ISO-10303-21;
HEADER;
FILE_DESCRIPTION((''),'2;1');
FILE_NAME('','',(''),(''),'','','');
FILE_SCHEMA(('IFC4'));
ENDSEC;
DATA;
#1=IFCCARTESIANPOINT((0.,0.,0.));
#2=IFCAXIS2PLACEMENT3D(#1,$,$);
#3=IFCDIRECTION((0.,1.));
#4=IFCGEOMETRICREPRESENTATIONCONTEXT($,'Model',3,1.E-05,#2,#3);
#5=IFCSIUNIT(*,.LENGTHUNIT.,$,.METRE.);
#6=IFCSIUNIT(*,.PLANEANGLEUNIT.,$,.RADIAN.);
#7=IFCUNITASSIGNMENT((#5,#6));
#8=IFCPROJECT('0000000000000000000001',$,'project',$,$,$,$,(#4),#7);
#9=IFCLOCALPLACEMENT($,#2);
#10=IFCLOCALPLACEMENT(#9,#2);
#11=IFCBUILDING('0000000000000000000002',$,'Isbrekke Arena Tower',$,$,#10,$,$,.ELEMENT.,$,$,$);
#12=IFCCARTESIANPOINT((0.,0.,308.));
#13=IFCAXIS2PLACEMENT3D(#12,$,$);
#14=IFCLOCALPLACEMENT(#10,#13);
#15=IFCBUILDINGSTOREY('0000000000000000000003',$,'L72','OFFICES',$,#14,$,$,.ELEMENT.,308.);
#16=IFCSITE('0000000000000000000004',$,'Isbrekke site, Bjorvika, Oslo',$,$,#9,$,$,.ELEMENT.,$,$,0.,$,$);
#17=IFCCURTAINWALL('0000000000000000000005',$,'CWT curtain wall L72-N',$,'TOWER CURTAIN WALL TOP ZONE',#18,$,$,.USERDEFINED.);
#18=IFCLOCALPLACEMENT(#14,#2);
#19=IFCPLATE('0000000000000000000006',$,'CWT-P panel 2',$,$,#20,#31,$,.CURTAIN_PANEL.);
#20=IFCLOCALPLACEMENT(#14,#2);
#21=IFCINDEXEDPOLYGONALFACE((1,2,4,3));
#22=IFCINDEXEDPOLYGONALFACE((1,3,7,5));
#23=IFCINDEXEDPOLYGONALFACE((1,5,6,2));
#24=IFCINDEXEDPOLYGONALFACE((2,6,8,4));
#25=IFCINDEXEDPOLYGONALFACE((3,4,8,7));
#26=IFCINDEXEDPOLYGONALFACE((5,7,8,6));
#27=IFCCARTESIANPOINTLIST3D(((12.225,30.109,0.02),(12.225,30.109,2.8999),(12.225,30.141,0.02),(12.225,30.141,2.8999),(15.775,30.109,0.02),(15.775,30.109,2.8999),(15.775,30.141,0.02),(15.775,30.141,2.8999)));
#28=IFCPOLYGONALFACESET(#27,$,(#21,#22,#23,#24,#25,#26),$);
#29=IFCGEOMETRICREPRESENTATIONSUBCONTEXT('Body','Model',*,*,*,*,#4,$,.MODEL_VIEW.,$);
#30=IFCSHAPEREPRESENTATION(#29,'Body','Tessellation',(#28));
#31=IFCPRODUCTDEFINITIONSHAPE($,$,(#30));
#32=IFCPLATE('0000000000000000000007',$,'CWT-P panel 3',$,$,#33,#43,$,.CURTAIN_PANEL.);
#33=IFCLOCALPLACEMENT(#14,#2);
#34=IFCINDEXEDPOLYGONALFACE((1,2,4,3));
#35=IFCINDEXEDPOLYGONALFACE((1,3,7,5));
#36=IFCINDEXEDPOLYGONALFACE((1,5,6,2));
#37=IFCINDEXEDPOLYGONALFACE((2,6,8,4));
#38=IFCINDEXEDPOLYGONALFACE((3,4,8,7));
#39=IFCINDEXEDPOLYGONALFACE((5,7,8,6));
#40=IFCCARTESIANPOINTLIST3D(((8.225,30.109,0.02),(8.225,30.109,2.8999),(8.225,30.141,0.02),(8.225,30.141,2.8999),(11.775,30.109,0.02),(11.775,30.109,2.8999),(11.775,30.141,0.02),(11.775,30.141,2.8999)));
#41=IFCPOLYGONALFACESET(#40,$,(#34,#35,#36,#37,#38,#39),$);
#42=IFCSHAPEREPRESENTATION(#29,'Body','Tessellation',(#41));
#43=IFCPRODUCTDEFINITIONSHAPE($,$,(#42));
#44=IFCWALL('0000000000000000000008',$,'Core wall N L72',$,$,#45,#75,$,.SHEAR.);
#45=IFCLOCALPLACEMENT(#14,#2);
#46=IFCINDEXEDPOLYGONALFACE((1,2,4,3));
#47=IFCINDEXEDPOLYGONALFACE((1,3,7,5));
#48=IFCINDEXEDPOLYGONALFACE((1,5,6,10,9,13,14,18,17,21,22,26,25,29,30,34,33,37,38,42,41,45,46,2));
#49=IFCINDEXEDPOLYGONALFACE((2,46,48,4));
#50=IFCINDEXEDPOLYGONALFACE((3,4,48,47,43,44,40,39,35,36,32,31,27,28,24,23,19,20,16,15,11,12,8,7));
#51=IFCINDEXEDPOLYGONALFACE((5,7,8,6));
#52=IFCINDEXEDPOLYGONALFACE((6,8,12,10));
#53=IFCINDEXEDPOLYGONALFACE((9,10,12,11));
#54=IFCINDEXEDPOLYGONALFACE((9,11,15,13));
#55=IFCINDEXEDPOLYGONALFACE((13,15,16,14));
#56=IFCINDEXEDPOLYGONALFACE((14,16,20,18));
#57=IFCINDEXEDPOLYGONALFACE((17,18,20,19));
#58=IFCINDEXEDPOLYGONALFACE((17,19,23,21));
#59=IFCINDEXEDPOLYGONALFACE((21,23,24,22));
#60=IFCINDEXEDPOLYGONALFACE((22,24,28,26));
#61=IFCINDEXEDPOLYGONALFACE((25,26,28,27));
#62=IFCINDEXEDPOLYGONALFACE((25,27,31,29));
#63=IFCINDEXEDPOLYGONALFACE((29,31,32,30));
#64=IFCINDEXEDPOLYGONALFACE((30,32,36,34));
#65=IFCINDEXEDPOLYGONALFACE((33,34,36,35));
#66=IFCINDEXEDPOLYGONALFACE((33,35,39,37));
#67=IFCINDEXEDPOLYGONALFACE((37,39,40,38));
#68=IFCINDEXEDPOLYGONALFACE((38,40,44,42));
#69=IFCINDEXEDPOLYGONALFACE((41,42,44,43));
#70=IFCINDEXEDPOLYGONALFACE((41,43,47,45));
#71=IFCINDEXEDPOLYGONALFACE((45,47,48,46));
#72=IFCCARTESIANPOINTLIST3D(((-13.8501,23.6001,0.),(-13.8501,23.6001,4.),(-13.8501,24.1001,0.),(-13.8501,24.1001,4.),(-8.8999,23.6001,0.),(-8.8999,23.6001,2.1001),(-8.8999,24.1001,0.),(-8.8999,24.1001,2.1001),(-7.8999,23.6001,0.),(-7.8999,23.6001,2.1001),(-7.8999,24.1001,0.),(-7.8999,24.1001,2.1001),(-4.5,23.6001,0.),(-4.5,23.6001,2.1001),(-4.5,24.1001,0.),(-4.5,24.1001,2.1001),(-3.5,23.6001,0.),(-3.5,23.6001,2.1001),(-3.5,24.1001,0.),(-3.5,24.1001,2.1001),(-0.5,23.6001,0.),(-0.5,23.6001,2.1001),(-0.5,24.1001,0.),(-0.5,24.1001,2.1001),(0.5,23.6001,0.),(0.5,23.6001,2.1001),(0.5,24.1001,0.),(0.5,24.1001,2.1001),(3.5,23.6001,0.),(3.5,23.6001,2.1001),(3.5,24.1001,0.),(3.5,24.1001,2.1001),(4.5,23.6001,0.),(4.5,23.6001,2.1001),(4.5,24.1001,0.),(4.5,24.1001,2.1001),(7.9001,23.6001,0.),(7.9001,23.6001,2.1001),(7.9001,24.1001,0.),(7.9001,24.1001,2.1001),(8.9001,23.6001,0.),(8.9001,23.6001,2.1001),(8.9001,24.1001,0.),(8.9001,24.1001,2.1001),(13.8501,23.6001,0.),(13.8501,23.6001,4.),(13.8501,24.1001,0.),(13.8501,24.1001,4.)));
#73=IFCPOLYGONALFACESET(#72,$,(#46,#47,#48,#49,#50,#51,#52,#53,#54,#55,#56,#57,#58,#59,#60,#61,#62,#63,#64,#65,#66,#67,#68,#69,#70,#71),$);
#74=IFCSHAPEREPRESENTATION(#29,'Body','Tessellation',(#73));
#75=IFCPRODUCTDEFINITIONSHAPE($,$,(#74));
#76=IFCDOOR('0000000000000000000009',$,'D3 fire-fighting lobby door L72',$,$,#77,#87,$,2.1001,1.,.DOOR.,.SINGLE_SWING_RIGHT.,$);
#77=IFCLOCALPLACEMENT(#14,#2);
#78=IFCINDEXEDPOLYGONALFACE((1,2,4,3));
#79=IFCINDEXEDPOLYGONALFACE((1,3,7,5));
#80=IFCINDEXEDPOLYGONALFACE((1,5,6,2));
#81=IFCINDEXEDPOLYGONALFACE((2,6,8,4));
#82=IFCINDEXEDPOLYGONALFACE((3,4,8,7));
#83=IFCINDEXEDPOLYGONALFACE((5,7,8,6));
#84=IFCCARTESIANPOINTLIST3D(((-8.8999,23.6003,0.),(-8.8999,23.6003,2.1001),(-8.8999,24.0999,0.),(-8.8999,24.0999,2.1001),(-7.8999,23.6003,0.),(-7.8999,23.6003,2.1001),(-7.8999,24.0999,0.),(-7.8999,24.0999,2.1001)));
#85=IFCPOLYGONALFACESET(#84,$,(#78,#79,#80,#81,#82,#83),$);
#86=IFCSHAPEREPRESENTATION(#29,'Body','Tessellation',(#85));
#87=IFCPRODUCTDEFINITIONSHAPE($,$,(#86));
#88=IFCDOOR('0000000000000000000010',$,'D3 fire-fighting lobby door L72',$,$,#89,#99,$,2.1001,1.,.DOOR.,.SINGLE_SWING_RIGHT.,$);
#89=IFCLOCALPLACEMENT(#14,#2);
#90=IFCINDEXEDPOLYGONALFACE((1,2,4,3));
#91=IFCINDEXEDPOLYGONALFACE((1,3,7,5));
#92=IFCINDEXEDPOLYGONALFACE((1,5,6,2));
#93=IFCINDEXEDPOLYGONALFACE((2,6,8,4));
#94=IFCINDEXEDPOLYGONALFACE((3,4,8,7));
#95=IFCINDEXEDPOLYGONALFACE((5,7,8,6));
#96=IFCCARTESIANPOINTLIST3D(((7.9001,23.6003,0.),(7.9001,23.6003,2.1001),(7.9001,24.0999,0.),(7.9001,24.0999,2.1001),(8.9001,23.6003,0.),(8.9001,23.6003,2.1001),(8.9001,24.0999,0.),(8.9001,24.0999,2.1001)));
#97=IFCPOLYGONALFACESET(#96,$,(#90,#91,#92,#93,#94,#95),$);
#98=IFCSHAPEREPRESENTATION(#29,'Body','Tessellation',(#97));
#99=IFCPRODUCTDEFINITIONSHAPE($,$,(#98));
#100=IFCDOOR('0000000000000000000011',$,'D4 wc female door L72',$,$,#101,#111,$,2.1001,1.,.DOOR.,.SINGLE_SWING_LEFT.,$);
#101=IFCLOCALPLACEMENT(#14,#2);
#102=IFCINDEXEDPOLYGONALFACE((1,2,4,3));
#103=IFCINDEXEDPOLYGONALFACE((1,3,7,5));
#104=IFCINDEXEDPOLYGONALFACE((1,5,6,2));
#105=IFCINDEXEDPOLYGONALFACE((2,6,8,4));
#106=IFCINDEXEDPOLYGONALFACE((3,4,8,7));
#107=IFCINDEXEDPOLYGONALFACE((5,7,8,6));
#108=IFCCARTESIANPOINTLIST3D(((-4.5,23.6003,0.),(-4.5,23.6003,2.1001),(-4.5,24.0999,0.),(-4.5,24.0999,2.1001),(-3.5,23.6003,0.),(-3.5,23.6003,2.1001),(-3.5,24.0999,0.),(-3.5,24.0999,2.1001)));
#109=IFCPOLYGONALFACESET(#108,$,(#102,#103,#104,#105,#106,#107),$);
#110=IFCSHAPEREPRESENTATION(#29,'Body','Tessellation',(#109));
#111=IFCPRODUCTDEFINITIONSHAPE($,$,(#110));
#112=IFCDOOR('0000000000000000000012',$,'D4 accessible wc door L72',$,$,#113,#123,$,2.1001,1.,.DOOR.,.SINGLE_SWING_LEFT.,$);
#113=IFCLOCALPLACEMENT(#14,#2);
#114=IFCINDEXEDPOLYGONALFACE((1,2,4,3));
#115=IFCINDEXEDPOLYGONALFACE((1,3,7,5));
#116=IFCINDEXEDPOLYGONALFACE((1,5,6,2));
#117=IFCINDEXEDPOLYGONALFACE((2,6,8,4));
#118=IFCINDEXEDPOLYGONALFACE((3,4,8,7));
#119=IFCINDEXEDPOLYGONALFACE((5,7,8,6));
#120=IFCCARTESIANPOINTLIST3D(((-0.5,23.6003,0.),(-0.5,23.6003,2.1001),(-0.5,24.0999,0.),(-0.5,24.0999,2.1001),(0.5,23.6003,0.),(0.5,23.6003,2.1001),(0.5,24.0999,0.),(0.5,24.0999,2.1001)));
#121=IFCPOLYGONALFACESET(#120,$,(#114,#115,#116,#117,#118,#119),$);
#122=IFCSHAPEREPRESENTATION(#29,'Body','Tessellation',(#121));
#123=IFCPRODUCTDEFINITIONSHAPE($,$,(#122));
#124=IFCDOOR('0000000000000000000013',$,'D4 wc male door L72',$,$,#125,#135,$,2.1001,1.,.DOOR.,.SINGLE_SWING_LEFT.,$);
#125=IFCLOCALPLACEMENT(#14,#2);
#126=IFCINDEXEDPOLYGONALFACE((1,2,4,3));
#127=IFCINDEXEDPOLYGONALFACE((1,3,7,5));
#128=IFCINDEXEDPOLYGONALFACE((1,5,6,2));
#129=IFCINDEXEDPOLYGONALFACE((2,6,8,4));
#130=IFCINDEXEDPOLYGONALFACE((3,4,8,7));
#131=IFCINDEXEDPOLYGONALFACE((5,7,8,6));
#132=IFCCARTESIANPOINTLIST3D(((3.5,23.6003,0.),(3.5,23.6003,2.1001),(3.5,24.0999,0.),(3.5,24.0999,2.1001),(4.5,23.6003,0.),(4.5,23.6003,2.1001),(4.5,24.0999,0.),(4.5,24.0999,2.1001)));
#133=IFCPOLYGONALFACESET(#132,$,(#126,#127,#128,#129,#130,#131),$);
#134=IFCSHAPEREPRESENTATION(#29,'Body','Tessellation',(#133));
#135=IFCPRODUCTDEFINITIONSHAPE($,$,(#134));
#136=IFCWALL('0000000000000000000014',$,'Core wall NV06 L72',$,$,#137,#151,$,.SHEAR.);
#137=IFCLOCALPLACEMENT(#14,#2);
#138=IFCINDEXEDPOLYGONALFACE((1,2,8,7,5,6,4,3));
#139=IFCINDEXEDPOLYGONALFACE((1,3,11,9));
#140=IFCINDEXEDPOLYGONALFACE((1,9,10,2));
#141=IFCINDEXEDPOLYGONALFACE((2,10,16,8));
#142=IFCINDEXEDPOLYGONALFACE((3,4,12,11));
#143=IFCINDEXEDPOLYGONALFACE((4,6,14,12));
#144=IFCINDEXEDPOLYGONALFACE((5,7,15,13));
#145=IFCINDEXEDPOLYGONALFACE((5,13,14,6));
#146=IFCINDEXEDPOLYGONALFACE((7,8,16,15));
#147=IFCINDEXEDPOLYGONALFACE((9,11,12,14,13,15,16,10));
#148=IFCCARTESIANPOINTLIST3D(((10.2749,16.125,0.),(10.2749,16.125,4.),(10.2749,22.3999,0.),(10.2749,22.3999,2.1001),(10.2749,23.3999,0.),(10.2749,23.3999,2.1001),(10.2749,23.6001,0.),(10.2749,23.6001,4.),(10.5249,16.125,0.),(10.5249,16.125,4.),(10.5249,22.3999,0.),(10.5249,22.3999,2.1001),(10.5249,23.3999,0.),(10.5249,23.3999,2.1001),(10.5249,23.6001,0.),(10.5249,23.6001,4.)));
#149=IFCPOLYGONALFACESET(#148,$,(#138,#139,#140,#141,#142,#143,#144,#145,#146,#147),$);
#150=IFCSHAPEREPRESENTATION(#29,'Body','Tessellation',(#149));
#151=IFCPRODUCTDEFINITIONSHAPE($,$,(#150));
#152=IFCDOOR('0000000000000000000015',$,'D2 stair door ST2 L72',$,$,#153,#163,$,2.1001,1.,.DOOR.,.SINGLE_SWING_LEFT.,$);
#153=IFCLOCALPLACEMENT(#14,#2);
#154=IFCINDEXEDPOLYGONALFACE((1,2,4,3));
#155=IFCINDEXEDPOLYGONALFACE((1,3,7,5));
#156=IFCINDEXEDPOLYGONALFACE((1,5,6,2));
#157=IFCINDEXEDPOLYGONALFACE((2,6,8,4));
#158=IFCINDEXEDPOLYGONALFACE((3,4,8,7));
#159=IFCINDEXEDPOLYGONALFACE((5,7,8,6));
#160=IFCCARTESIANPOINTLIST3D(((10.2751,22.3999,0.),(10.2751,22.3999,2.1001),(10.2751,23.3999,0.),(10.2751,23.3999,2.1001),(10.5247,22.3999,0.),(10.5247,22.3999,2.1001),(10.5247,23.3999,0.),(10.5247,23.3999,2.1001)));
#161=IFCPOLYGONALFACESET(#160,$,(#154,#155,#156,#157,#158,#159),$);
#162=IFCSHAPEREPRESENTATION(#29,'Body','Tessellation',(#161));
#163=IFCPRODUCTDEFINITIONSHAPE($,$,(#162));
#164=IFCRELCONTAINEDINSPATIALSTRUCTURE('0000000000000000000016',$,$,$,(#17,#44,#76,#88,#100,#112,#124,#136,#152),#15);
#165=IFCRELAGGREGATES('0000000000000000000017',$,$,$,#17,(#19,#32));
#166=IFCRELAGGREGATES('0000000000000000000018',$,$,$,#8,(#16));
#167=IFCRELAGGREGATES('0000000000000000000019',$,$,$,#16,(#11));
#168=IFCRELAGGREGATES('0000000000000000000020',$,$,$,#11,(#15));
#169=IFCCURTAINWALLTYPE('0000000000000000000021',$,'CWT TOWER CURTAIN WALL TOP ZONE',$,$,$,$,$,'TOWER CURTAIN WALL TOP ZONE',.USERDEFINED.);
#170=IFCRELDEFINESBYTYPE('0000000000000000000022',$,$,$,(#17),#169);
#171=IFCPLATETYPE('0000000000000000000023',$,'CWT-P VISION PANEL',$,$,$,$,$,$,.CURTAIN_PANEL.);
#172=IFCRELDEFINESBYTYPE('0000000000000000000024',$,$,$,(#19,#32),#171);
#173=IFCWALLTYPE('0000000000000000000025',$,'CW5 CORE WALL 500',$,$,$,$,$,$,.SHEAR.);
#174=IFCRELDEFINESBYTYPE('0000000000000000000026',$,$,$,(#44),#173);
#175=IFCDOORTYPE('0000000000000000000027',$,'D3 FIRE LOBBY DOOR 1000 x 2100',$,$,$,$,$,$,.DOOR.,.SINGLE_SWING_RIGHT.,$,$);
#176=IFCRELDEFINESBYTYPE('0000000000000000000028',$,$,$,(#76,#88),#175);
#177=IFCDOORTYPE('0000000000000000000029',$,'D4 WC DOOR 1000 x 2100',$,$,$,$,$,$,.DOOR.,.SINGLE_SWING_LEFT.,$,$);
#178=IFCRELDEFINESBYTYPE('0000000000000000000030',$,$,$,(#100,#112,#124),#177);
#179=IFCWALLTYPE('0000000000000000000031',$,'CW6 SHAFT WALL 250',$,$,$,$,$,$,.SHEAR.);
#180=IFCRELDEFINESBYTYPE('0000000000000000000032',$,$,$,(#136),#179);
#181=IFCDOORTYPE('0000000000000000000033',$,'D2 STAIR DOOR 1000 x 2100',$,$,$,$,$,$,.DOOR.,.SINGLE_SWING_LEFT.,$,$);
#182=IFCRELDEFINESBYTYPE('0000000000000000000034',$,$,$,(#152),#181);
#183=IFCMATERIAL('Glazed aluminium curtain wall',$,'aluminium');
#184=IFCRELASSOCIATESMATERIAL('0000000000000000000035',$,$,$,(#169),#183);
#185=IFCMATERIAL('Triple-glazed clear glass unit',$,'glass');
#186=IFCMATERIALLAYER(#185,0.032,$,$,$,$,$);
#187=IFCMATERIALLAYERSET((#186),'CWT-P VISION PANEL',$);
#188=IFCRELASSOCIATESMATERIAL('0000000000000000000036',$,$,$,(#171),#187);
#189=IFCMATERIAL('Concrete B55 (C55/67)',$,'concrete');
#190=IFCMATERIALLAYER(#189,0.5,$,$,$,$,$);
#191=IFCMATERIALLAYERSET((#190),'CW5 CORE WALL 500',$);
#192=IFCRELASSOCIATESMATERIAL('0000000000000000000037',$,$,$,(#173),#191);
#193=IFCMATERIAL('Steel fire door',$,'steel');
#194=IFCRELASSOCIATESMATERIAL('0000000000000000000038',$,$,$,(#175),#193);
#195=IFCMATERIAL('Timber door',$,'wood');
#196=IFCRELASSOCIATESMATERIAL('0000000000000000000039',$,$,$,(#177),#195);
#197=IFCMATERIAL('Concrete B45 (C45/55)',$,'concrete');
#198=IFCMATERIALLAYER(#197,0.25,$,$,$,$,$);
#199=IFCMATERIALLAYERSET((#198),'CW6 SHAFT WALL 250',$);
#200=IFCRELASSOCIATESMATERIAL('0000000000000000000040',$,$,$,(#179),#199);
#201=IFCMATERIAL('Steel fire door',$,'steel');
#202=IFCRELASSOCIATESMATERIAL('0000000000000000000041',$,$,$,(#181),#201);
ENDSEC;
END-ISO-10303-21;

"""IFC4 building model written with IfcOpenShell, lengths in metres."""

from ifc_helpers import new_model, si_unit, direction, frame, frame_2d, origin, origin_2d, place, context, subcontext, project, spatial, rectangle, extrude, material, layer, layer_set, type_object, element, fill, aggregate, save


model = new_model("IFC4")

# Units and contexts
model_context = context("Model", 3, precision=1e-05, world=origin(), true_north=direction((0.0, 1.0)))
body_context = subcontext(model_context, "Body", "Model", "MODEL_VIEW")
ifc_project = project(units=[si_unit("LENGTHUNIT", "METRE"), si_unit("PLANEANGLEUNIT", "RADIAN")], contexts=[model_context])

# Site, building, storey
site_placement = place(None, origin())
site = spatial("IfcSite", under=ifc_project, at=site_placement, Name="Isbrekke site, Bjorvika, Oslo", CompositionType="ELEMENT", RefElevation=0.0)
building_placement = place(site_placement, origin())
building = spatial("IfcBuilding", under=site, at=building_placement, Name="Isbrekke Arena Tower", CompositionType="ELEMENT")
storey_placement = place(building_placement, frame((0.0, 0.0, 308.0)))
storey = spatial("IfcBuildingStorey", under=building, at=storey_placement, Name="L72", Description="OFFICES", CompositionType="ELEMENT", Elevation=308.0)

# Curtain wall
ifc_material_1 = material(Name="Glazed aluminium curtain wall", Category="aluminium")
curtain_wall_type = type_object("IfcCurtainWallType", Name="CWT TOWER CURTAIN WALL TOP ZONE", ElementType="TOWER CURTAIN WALL TOP ZONE", PredefinedType="USERDEFINED", material=ifc_material_1)
curtain_wall_placement = place(storey_placement, origin())
curtain_wall = element("IfcCurtainWall", 1, at=curtain_wall_placement, inside=storey, type_object=curtain_wall_type, Name="CWT curtain wall L72-N", ObjectType="TOWER CURTAIN WALL TOP ZONE", PredefinedType="USERDEFINED")

# Plates
ifc_material_2 = material(Name="Triple-glazed clear glass unit", Category="glass")
ifc_layer_1 = layer(ifc_material_2, 0.032)
ifc_layer_set_1 = layer_set([ifc_layer_1], Name="CWT-P VISION PANEL")
plate_type = type_object("IfcPlateType", Name="CWT-P VISION PANEL", PredefinedType="CURTAIN_PANEL", material=ifc_layer_set_1)
plate_1_placement = place(storey_placement, frame((14.0, 30.125, 0.02), z_axis=(0.0, 0.0, 1.0), x_axis=(-1.0, 0.0, 0.0)))
plate_1 = element("IfcPlate", 2, at=plate_1_placement, type_object=plate_type, Name="CWT-P panel 2", PredefinedType="CURTAIN_PANEL", context=body_context, shape_type="SweptSolid", body=[
    extrude(rectangle(XDim=3.55, YDim=0.032, at=origin_2d()), origin(), (0.0, 0.0, 1.0), 2.8799),
])
plate_2_placement = place(storey_placement, frame((10.0, 30.125, 0.02), z_axis=(0.0, 0.0, 1.0), x_axis=(-1.0, 0.0, 0.0)))
plate_2 = element("IfcPlate", 3, at=plate_2_placement, type_object=plate_type, Name="CWT-P panel 3", PredefinedType="CURTAIN_PANEL", context=body_context, shape_type="SweptSolid", body=[
    extrude(rectangle(XDim=3.55, YDim=0.032, at=origin_2d()), origin(), (0.0, 0.0, 1.0), 2.8799),
])
aggregate(curtain_wall, [plate_1, plate_2])

# Wall, openings, doors
ifc_material_3 = material(Name="Concrete B55 (C55/67)", Category="concrete")
ifc_layer_2 = layer(ifc_material_3, 0.5)
ifc_layer_set_2 = layer_set([ifc_layer_2], Name="CW5 CORE WALL 500")
wall_type_1 = type_object("IfcWallType", Name="CW5 CORE WALL 500", PredefinedType="SHEAR", material=ifc_layer_set_2)
wall_1_placement = place(storey_placement, frame((13.8501, 23.8501, 0.0), z_axis=(0.0, 0.0, 1.0), x_axis=(-1.0, 0.0, 0.0)))
wall_1 = element("IfcWall", 4, at=wall_1_placement, inside=storey, type_object=wall_type_1, Name="Core wall N L72", PredefinedType="SHEAR", context=body_context, shape_type="SweptSolid", body=[
    extrude(rectangle(XDim=27.7002, YDim=0.5, at=frame_2d((13.8501, 0.0))), origin(), (0.0, 0.0, 1.0), 4.0),
])
opening_1_placement = place(wall_1_placement, frame((21.75, 0.0, 0.0)))
opening_1 = element("IfcOpeningElement", 5, at=opening_1_placement, cuts=wall_1, PredefinedType="OPENING", context=body_context, shape_type="SweptSolid", body=[
    extrude(rectangle(XDim=1.0, YDim=2.1001, at=frame_2d((0.5, 1.05))), frame((0.0, 0.2649, 0.0), z_axis=(0.0, -1.0, 0.0), x_axis=(1.0, 0.0, 0.0)), (0.0, 0.0, 1.0), 0.5298),
])
opening_2_placement = place(wall_1_placement, frame((4.95, 0.0, 0.0)))
opening_2 = element("IfcOpeningElement", 6, at=opening_2_placement, cuts=wall_1, PredefinedType="OPENING", context=body_context, shape_type="SweptSolid", body=[
    extrude(rectangle(XDim=1.0, YDim=2.1001, at=frame_2d((0.5, 1.05))), frame((0.0, 0.2649, 0.0), z_axis=(0.0, -1.0, 0.0), x_axis=(1.0, 0.0, 0.0)), (0.0, 0.0, 1.0), 0.5298),
])
opening_3_placement = place(wall_1_placement, frame((17.3501, 0.0, 0.0)))
opening_3 = element("IfcOpeningElement", 7, at=opening_3_placement, cuts=wall_1, PredefinedType="OPENING", context=body_context, shape_type="SweptSolid", body=[
    extrude(rectangle(XDim=1.0, YDim=2.1001, at=frame_2d((0.5, 1.05))), frame((0.0, 0.2649, 0.0), z_axis=(0.0, -1.0, 0.0), x_axis=(1.0, 0.0, 0.0)), (0.0, 0.0, 1.0), 0.5298),
])
opening_4_placement = place(wall_1_placement, frame((13.3501, 0.0, 0.0)))
opening_4 = element("IfcOpeningElement", 8, at=opening_4_placement, cuts=wall_1, PredefinedType="OPENING", context=body_context, shape_type="SweptSolid", body=[
    extrude(rectangle(XDim=1.0, YDim=2.1001, at=frame_2d((0.5, 1.05))), frame((0.0, 0.2649, 0.0), z_axis=(0.0, -1.0, 0.0), x_axis=(1.0, 0.0, 0.0)), (0.0, 0.0, 1.0), 0.5298),
])
opening_5_placement = place(wall_1_placement, frame((9.3501, 0.0, 0.0)))
opening_5 = element("IfcOpeningElement", 9, at=opening_5_placement, cuts=wall_1, PredefinedType="OPENING", context=body_context, shape_type="SweptSolid", body=[
    extrude(rectangle(XDim=1.0, YDim=2.1001, at=frame_2d((0.5, 1.05))), frame((0.0, 0.2649, 0.0), z_axis=(0.0, -1.0, 0.0), x_axis=(1.0, 0.0, 0.0)), (0.0, 0.0, 1.0), 0.5298),
])
ifc_material_4 = material(Name="Steel fire door", Category="steel")
door_type_1 = type_object("IfcDoorType", Name="D3 FIRE LOBBY DOOR 1000 x 2100", OperationType="SINGLE_SWING_RIGHT", PredefinedType="DOOR", material=ifc_material_4)
door_1_placement = place(opening_1_placement, origin())
door_1 = element("IfcDoor", 10, at=door_1_placement, inside=storey, type_object=door_type_1, Name="D3 fire-fighting lobby door L72", OperationType="SINGLE_SWING_RIGHT", OverallHeight=2.1001, OverallWidth=1.0, PredefinedType="DOOR", context=body_context, shape_type="SweptSolid", body=[
    extrude(rectangle(XDim=1.0, YDim=2.1001, at=frame_2d((0.5, 1.05))), frame((0.0, 0.2498, 0.0), z_axis=(0.0, -1.0, 0.0), x_axis=(1.0, 0.0, 0.0)), (0.0, 0.0, 1.0), 0.4995),
])
fill(opening_1, door_1)
door_2_placement = place(opening_2_placement, origin())
door_2 = element("IfcDoor", 11, at=door_2_placement, inside=storey, type_object=door_type_1, Name="D3 fire-fighting lobby door L72", OperationType="SINGLE_SWING_RIGHT", OverallHeight=2.1001, OverallWidth=1.0, PredefinedType="DOOR", context=body_context, shape_type="SweptSolid", body=[
    extrude(rectangle(XDim=1.0, YDim=2.1001, at=frame_2d((0.5, 1.05))), frame((0.0, 0.2498, 0.0), z_axis=(0.0, -1.0, 0.0), x_axis=(1.0, 0.0, 0.0)), (0.0, 0.0, 1.0), 0.4995),
])
fill(opening_2, door_2)
ifc_material_5 = material(Name="Timber door", Category="wood")
door_type_2 = type_object("IfcDoorType", Name="D4 WC DOOR 1000 x 2100", OperationType="SINGLE_SWING_LEFT", PredefinedType="DOOR", material=ifc_material_5)
door_3_placement = place(opening_3_placement, origin())
door_3 = element("IfcDoor", 12, at=door_3_placement, inside=storey, type_object=door_type_2, Name="D4 wc female door L72", OperationType="SINGLE_SWING_LEFT", OverallHeight=2.1001, OverallWidth=1.0, PredefinedType="DOOR", context=body_context, shape_type="SweptSolid", body=[
    extrude(rectangle(XDim=1.0, YDim=2.1001, at=frame_2d((0.5, 1.05))), frame((0.0, 0.2498, 0.0), z_axis=(0.0, -1.0, 0.0), x_axis=(1.0, 0.0, 0.0)), (0.0, 0.0, 1.0), 0.4995),
])
fill(opening_3, door_3)
door_4_placement = place(opening_4_placement, origin())
door_4 = element("IfcDoor", 13, at=door_4_placement, inside=storey, type_object=door_type_2, Name="D4 accessible wc door L72", OperationType="SINGLE_SWING_LEFT", OverallHeight=2.1001, OverallWidth=1.0, PredefinedType="DOOR", context=body_context, shape_type="SweptSolid", body=[
    extrude(rectangle(XDim=1.0, YDim=2.1001, at=frame_2d((0.5, 1.05))), frame((0.0, 0.2498, 0.0), z_axis=(0.0, -1.0, 0.0), x_axis=(1.0, 0.0, 0.0)), (0.0, 0.0, 1.0), 0.4995),
])
fill(opening_4, door_4)
door_5_placement = place(opening_5_placement, origin())
door_5 = element("IfcDoor", 14, at=door_5_placement, inside=storey, type_object=door_type_2, Name="D4 wc male door L72", OperationType="SINGLE_SWING_LEFT", OverallHeight=2.1001, OverallWidth=1.0, PredefinedType="DOOR", context=body_context, shape_type="SweptSolid", body=[
    extrude(rectangle(XDim=1.0, YDim=2.1001, at=frame_2d((0.5, 1.05))), frame((0.0, 0.2498, 0.0), z_axis=(0.0, -1.0, 0.0), x_axis=(1.0, 0.0, 0.0)), (0.0, 0.0, 1.0), 0.4995),
])
fill(opening_5, door_5)

# Wall, opening, door
ifc_material_6 = material(Name="Concrete B45 (C45/55)", Category="concrete")
ifc_layer_3 = layer(ifc_material_6, 0.25)
ifc_layer_set_3 = layer_set([ifc_layer_3], Name="CW6 SHAFT WALL 250")
wall_type_2 = type_object("IfcWallType", Name="CW6 SHAFT WALL 250", PredefinedType="SHEAR", material=ifc_layer_set_3)
wall_2_placement = place(storey_placement, frame((10.3999, 16.125, 0.0), z_axis=(0.0, 0.0, 1.0), x_axis=(0.0, 1.0, 0.0)))
wall_2 = element("IfcWall", 15, at=wall_2_placement, inside=storey, type_object=wall_type_2, Name="Core wall NV06 L72", PredefinedType="SHEAR", context=body_context, shape_type="SweptSolid", body=[
    extrude(rectangle(XDim=7.4751, YDim=0.25, at=frame_2d((3.7375, 0.0))), origin(), (0.0, 0.0, 1.0), 4.0),
])
opening_6_placement = place(wall_2_placement, frame((6.2749, 0.0, 0.0)))
opening_6 = element("IfcOpeningElement", 16, at=opening_6_placement, cuts=wall_2, PredefinedType="OPENING", context=body_context, shape_type="SweptSolid", body=[
    extrude(rectangle(XDim=1.0, YDim=2.1001, at=frame_2d((0.5, 1.05))), frame((0.0, 0.1399, 0.0), z_axis=(0.0, -1.0, 0.0), x_axis=(1.0, 0.0, 0.0)), (0.0, 0.0, 1.0), 0.2798),
])
ifc_material_7 = material(Name="Steel fire door", Category="steel")
door_type_3 = type_object("IfcDoorType", Name="D2 STAIR DOOR 1000 x 2100", OperationType="SINGLE_SWING_LEFT", PredefinedType="DOOR", material=ifc_material_7)
door_6_placement = place(opening_6_placement, origin())
door_6 = element("IfcDoor", 17, at=door_6_placement, inside=storey, type_object=door_type_3, Name="D2 stair door ST2 L72", OperationType="SINGLE_SWING_LEFT", OverallHeight=2.1001, OverallWidth=1.0, PredefinedType="DOOR", context=body_context, shape_type="SweptSolid", body=[
    extrude(rectangle(XDim=1.0, YDim=2.1001, at=frame_2d((0.5, 1.05))), frame((0.0, 0.1248, 0.0), z_axis=(0.0, -1.0, 0.0), x_axis=(1.0, 0.0, 0.0)), (0.0, 0.0, 1.0), 0.2495),
])
fill(opening_6, door_6)

save(model, "model.ifc")
